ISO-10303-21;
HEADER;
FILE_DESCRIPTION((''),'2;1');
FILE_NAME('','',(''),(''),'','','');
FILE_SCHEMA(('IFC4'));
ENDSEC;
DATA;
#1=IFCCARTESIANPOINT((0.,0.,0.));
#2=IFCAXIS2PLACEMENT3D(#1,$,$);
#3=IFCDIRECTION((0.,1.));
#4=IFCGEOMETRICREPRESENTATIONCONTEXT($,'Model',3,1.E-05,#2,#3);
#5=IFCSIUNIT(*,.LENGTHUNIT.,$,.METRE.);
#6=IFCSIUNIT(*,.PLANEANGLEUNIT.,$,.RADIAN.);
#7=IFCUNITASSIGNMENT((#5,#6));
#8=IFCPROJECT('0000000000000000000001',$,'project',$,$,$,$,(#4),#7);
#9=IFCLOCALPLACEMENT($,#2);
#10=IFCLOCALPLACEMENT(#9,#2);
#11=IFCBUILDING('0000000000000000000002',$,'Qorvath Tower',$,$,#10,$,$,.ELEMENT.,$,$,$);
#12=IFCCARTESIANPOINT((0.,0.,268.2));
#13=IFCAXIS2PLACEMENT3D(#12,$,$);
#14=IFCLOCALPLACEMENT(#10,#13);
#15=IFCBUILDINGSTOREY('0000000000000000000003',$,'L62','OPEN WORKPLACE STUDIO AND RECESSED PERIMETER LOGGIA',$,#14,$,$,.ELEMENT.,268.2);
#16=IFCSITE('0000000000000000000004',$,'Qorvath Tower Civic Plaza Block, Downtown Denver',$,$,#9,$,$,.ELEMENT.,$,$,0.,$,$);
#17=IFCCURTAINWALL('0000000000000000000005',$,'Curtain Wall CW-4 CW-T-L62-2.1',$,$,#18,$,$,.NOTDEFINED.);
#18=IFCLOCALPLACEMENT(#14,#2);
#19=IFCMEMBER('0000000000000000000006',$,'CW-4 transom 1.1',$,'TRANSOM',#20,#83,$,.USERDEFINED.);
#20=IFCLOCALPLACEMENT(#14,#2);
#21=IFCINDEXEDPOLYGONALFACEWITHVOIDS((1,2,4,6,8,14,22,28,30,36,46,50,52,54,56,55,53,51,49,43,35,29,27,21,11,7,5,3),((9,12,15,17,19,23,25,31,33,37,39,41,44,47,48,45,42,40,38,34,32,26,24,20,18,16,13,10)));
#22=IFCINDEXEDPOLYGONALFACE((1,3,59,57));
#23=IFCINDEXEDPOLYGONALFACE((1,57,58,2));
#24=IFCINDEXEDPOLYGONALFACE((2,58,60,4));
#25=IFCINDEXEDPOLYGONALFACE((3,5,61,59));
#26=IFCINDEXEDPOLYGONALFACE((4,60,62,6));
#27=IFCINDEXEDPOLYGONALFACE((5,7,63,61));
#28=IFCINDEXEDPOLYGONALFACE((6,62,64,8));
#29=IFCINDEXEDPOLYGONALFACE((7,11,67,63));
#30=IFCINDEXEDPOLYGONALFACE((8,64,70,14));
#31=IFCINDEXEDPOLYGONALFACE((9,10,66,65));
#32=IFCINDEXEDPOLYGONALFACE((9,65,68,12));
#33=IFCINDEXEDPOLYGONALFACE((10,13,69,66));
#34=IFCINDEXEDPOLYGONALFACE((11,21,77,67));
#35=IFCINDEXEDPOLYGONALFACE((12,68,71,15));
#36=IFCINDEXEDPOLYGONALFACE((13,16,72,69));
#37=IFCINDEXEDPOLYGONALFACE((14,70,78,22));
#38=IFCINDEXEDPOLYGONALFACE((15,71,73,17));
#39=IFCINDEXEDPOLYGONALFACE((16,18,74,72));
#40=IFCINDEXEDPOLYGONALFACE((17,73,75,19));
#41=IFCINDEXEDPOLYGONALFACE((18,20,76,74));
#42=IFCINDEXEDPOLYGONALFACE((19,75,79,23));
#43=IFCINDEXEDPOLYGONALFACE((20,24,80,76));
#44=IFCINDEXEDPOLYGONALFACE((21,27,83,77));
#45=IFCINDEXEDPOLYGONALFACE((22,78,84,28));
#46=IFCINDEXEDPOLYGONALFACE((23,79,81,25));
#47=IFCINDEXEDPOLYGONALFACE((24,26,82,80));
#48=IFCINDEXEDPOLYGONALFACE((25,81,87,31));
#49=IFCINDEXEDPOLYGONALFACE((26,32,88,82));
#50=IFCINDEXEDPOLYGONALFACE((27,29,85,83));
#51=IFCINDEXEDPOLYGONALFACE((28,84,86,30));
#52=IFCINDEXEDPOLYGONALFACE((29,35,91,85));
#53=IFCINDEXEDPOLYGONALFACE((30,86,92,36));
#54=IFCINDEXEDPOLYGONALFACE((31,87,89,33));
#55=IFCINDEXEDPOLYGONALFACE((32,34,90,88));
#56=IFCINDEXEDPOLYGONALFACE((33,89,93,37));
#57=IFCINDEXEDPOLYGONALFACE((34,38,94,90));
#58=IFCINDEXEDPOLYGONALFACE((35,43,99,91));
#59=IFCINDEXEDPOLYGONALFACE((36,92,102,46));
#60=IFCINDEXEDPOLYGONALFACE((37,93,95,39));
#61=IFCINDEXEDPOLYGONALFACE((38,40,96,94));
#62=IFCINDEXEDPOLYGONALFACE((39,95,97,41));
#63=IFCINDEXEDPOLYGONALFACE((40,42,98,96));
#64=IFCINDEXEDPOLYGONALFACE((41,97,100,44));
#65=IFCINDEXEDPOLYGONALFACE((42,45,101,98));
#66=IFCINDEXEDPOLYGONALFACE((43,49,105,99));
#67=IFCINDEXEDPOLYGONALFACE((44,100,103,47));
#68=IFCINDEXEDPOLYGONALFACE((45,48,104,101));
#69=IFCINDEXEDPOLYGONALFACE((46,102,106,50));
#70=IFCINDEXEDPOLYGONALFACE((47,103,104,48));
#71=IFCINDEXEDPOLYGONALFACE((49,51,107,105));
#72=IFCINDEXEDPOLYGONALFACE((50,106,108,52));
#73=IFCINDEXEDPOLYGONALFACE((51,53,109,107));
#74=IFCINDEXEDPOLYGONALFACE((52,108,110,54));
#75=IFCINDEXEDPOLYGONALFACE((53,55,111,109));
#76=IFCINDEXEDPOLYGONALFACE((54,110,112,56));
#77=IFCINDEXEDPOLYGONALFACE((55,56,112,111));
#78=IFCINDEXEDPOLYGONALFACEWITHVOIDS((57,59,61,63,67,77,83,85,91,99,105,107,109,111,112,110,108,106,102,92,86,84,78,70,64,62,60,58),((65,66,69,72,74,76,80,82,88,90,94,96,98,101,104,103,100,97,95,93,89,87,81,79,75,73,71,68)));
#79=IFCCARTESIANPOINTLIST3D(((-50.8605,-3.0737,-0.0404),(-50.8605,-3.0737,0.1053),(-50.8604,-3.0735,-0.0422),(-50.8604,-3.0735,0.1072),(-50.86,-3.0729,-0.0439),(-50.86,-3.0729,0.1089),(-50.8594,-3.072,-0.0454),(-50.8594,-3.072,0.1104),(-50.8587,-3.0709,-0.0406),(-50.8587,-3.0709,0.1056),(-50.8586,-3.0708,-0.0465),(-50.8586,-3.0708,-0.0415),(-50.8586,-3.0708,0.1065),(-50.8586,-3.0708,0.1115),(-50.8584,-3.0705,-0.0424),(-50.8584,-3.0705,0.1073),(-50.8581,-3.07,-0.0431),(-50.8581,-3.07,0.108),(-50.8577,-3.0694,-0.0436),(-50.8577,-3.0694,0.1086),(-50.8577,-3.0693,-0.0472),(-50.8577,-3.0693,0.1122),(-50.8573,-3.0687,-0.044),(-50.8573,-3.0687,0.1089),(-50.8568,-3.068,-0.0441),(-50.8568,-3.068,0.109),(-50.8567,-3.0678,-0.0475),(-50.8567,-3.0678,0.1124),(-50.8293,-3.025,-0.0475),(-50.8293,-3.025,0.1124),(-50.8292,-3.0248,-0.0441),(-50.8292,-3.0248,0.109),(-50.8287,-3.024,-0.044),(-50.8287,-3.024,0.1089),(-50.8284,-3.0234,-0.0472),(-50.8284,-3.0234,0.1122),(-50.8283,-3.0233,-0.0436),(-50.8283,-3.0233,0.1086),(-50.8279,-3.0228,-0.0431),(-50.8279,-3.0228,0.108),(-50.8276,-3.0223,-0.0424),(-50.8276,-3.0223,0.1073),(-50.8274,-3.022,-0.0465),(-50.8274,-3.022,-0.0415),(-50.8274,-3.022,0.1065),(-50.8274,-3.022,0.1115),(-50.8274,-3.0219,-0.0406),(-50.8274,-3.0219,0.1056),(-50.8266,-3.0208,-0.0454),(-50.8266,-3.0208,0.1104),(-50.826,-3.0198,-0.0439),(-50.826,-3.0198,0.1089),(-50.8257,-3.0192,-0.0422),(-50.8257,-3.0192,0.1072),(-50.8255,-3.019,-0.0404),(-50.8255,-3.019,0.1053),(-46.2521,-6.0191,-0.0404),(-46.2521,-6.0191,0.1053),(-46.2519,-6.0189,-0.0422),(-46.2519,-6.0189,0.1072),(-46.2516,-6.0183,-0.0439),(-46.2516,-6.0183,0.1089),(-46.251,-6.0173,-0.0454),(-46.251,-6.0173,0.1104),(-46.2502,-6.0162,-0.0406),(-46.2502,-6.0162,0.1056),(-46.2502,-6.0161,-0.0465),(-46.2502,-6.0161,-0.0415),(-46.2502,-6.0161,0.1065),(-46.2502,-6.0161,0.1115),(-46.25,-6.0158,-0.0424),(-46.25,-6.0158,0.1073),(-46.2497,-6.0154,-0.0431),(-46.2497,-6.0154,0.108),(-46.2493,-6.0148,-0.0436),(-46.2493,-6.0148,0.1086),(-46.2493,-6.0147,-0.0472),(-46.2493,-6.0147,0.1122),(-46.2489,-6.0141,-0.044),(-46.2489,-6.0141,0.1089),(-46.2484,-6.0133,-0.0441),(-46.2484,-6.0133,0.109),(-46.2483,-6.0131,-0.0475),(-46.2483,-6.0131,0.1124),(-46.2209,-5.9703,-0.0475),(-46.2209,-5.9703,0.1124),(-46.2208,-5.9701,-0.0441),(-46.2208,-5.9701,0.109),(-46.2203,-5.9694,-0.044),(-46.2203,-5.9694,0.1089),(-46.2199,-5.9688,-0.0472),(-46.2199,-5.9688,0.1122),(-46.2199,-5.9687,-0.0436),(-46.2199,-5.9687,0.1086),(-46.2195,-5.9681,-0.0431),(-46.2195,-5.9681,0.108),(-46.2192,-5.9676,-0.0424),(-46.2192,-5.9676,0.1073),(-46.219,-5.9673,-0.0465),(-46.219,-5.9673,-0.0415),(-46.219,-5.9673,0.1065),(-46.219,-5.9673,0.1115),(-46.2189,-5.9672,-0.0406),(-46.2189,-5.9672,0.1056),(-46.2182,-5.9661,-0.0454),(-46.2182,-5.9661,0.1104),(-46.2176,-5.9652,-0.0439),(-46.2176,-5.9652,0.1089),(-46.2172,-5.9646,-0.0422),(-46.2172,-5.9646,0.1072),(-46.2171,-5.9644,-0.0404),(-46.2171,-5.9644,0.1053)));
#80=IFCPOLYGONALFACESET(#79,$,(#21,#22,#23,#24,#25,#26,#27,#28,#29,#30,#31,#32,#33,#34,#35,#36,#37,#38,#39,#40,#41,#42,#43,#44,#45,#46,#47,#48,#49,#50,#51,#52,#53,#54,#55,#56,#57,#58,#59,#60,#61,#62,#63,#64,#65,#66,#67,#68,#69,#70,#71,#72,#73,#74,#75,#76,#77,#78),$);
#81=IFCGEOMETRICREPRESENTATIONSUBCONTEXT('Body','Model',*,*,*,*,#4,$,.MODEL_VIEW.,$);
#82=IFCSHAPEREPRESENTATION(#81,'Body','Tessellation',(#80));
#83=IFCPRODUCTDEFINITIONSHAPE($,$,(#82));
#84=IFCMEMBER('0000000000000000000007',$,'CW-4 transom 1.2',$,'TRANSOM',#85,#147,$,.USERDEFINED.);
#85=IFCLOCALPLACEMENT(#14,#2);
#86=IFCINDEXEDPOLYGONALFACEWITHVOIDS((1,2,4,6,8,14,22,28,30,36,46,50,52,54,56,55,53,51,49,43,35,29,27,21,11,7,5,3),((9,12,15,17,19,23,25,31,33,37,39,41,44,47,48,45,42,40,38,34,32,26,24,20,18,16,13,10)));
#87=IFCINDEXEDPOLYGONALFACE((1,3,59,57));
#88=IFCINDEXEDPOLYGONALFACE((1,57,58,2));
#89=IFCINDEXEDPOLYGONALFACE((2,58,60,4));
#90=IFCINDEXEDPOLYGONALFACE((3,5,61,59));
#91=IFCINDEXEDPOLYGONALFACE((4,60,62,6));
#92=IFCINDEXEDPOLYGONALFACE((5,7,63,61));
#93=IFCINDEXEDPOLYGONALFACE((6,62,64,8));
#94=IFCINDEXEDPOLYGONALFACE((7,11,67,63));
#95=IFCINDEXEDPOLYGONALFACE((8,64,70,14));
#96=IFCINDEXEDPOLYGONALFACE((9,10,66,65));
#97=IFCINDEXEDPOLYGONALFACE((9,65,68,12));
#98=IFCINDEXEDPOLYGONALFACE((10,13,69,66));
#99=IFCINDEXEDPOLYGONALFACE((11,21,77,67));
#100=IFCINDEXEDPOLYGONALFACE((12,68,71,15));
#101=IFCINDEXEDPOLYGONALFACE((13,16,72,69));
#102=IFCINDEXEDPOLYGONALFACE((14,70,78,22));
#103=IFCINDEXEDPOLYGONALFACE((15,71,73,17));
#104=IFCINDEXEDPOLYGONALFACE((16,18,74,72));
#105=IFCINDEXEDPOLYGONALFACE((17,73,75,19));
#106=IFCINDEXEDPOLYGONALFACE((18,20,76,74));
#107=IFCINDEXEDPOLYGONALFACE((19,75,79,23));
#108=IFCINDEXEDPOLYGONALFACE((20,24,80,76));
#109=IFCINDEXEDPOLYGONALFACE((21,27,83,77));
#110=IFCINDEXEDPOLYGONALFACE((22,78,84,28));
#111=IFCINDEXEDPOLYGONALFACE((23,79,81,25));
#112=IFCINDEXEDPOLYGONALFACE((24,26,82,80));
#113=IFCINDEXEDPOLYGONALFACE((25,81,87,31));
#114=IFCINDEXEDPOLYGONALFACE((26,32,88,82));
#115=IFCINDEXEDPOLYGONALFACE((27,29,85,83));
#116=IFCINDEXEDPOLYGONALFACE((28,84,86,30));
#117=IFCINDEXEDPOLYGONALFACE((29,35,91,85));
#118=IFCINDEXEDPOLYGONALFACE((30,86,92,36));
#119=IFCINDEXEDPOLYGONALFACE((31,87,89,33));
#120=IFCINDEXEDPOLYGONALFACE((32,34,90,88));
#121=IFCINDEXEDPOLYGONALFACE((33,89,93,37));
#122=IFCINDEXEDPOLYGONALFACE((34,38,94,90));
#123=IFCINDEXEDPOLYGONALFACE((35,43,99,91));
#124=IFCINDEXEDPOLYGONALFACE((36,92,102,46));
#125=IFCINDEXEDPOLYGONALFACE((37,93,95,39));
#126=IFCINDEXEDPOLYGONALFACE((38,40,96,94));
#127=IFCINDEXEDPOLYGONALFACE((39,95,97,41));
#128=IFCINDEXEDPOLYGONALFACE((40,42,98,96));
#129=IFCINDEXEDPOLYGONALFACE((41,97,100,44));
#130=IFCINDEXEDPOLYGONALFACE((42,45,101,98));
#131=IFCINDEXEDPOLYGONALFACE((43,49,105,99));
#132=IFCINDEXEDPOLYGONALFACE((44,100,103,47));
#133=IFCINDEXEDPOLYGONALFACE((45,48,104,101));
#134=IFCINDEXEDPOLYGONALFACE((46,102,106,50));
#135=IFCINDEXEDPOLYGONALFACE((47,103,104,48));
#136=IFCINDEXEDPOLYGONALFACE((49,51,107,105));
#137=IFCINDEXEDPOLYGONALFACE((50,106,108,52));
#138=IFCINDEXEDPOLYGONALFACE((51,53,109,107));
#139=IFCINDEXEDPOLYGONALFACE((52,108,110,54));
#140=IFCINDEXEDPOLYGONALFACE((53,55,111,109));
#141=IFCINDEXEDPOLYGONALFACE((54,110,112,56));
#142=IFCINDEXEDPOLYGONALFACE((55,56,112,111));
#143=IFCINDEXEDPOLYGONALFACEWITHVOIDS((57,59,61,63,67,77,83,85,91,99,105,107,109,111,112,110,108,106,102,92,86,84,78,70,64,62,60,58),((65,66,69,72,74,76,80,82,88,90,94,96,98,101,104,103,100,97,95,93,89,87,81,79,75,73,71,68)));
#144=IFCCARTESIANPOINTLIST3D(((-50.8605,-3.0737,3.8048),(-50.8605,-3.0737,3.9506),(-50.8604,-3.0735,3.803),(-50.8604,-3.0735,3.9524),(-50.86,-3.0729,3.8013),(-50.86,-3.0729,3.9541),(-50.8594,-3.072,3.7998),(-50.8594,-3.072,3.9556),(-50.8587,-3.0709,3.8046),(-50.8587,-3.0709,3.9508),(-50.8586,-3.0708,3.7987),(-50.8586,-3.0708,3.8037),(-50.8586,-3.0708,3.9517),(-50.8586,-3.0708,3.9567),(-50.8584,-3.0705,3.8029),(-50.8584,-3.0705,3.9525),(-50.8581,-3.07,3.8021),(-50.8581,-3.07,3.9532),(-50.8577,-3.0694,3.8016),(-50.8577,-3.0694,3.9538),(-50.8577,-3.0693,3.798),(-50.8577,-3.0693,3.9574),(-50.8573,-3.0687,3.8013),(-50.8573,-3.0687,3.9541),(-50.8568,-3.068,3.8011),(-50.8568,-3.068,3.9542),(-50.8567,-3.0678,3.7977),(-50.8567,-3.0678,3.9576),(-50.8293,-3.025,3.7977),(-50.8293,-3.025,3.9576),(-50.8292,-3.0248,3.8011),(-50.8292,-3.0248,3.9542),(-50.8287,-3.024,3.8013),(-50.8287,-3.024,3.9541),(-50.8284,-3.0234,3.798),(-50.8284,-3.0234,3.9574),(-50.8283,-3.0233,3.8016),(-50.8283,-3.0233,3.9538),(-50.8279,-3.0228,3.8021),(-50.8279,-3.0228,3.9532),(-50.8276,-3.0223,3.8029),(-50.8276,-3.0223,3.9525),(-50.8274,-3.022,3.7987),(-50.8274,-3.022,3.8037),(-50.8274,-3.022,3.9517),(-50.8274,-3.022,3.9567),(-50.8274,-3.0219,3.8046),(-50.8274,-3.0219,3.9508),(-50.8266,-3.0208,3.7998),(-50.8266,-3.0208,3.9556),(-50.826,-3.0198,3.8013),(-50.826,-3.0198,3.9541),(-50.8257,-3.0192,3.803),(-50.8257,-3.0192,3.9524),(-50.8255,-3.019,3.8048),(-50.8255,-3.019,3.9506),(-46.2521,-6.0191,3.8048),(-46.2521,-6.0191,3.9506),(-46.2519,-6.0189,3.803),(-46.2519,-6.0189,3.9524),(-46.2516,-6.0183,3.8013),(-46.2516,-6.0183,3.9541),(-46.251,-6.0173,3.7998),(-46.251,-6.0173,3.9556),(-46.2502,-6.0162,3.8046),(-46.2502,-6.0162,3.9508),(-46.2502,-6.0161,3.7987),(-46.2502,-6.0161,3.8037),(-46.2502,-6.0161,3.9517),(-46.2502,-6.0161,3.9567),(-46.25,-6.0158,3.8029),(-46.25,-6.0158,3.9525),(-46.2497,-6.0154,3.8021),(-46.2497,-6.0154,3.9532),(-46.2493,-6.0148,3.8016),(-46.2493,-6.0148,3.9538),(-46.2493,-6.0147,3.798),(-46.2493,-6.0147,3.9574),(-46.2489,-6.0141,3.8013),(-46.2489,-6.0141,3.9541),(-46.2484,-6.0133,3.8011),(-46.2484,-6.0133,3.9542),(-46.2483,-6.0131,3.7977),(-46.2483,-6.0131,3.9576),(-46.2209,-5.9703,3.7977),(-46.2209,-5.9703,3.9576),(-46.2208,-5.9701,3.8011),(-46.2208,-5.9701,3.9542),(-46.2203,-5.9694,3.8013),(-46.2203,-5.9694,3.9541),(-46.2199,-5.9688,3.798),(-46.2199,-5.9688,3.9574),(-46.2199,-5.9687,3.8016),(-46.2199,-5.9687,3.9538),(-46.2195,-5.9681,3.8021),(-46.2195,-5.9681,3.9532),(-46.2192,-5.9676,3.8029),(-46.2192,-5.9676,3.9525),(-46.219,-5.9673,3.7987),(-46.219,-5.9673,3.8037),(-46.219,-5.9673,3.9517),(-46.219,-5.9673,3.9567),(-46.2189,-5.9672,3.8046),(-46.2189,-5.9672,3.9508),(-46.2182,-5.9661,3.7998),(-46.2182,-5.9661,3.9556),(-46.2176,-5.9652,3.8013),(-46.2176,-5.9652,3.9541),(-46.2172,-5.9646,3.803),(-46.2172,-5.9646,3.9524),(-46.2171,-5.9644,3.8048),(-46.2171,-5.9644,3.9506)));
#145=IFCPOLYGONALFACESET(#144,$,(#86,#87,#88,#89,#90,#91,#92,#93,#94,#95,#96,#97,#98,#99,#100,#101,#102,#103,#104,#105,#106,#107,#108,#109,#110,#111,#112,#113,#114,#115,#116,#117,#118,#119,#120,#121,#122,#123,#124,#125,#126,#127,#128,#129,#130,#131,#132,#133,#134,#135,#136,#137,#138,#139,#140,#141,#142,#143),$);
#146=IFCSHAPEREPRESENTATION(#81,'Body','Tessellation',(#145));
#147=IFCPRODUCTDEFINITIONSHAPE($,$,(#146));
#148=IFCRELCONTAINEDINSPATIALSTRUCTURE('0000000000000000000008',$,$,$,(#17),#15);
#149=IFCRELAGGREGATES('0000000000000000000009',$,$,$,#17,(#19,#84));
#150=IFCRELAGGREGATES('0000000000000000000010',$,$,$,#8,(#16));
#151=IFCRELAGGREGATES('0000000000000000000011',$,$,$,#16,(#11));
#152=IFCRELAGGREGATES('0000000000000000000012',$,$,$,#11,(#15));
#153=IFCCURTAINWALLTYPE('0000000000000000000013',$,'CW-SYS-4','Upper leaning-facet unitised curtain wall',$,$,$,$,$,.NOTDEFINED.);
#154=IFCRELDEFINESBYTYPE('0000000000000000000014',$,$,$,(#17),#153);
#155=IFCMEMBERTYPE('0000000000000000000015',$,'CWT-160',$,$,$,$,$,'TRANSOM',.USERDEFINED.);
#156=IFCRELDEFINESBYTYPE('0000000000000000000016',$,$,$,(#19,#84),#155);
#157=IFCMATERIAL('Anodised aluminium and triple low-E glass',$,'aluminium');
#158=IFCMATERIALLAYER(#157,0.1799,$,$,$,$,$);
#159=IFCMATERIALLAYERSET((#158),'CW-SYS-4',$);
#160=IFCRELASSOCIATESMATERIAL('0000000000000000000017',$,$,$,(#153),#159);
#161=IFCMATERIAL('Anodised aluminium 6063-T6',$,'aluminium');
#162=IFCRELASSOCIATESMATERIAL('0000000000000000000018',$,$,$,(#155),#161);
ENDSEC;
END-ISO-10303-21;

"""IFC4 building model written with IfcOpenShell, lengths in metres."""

from ifc_helpers import new_model, si_unit, direction, frame, origin, origin_2d, place, context, subcontext, project, spatial, hollow_rectangle, extrude, material, layer, layer_set, material_profile, profile_set, type_object, element, aggregate, save


model = new_model("IFC4")

# Units and contexts
model_context = context("Model", 3, precision=1e-05, world=origin(), true_north=direction((0.0, 1.0)))
body_context = subcontext(model_context, "Body", "Model", "MODEL_VIEW")
ifc_project = project(units=[si_unit("LENGTHUNIT", "METRE"), si_unit("PLANEANGLEUNIT", "RADIAN")], contexts=[model_context])

# Site, building, storey
site_placement = place(None, origin())
site = spatial("IfcSite", under=ifc_project, at=site_placement, Name="Qorvath Tower Civic Plaza Block, Downtown Denver", CompositionType="ELEMENT", RefElevation=0.0)
building_placement = place(site_placement, origin())
building = spatial("IfcBuilding", under=site, at=building_placement, Name="Qorvath Tower", CompositionType="ELEMENT")
storey_placement = place(building_placement, frame((0.0, 0.0, 268.2)))
storey = spatial("IfcBuildingStorey", under=building, at=storey_placement, Name="L62", Description="OPEN WORKPLACE STUDIO AND RECESSED PERIMETER LOGGIA", CompositionType="ELEMENT", Elevation=268.2)

# Curtain wall, members
ifc_material_1 = material(Name="Anodised aluminium and triple low-E glass", Category="aluminium")
ifc_layer_1 = layer(ifc_material_1, 0.1799)
ifc_layer_set_1 = layer_set([ifc_layer_1], Name="CW-SYS-4")
curtain_wall_type = type_object("IfcCurtainWallType", Name="CW-SYS-4", Description="Upper leaning-facet unitised curtain wall", PredefinedType="NOTDEFINED", material=ifc_layer_set_1)
curtain_wall_placement = place(storey_placement, origin())
curtain_wall = element("IfcCurtainWall", 1, at=curtain_wall_placement, inside=storey, type_object=curtain_wall_type, Name="Curtain Wall CW-4 CW-T-L62-2.1", PredefinedType="NOTDEFINED")
ifc_material_2 = material(Name="Anodised aluminium 6063-T6", Category="aluminium")
ifc_material_profile_1 = material_profile(ifc_material_2, hollow_rectangle(XDim=0.0649, YDim=0.1599, WallThickness=0.0034, InnerFilletRadius=0.0034, OuterFilletRadius=0.0071, at=origin_2d()), Name="CWT 160x65")
ifc_profile_set_1 = profile_set([ifc_material_profile_1], Name="Anodised aluminium 6063-T6")
member_type_1 = type_object("IfcMemberType", Name="CWT-160", ElementType="TRANSOM", PredefinedType="USERDEFINED", material=ifc_profile_set_1)
member_1_placement = place(storey_placement, frame((-50.843, -3.0464, 0.0325), z_axis=(0.842608, -0.538527, 0.0), x_axis=(0.538527, 0.842608, 0.0)))
member_1 = element("IfcMember", 2, at=member_1_placement, type_object=member_type_1, Name="CW-4 transom 1.1", ObjectType="TRANSOM", PredefinedType="USERDEFINED", context=body_context, shape_type="SweptSolid", body=[
    extrude(hollow_rectangle(XDim=0.0649, YDim=0.1599, WallThickness=0.0034, InnerFilletRadius=0.0034, OuterFilletRadius=0.0071, at=origin_2d()), origin(), (0.0, 0.0, 1.0), 5.4692),
])
member_2_placement = place(storey_placement, frame((-50.843, -3.0464, 3.8777), z_axis=(0.842608, -0.538527, 0.0), x_axis=(0.538527, 0.842608, 0.0)))
member_2 = element("IfcMember", 3, at=member_2_placement, type_object=member_type_1, Name="CW-4 transom 1.2", ObjectType="TRANSOM", PredefinedType="USERDEFINED", context=body_context, shape_type="SweptSolid", body=[
    extrude(hollow_rectangle(XDim=0.0649, YDim=0.1599, WallThickness=0.0034, InnerFilletRadius=0.0034, OuterFilletRadius=0.0071, at=origin_2d()), origin(), (0.0, 0.0, 1.0), 5.4692),
])
aggregate(curtain_wall, [member_1, member_2])

save(model, "model.ifc")
